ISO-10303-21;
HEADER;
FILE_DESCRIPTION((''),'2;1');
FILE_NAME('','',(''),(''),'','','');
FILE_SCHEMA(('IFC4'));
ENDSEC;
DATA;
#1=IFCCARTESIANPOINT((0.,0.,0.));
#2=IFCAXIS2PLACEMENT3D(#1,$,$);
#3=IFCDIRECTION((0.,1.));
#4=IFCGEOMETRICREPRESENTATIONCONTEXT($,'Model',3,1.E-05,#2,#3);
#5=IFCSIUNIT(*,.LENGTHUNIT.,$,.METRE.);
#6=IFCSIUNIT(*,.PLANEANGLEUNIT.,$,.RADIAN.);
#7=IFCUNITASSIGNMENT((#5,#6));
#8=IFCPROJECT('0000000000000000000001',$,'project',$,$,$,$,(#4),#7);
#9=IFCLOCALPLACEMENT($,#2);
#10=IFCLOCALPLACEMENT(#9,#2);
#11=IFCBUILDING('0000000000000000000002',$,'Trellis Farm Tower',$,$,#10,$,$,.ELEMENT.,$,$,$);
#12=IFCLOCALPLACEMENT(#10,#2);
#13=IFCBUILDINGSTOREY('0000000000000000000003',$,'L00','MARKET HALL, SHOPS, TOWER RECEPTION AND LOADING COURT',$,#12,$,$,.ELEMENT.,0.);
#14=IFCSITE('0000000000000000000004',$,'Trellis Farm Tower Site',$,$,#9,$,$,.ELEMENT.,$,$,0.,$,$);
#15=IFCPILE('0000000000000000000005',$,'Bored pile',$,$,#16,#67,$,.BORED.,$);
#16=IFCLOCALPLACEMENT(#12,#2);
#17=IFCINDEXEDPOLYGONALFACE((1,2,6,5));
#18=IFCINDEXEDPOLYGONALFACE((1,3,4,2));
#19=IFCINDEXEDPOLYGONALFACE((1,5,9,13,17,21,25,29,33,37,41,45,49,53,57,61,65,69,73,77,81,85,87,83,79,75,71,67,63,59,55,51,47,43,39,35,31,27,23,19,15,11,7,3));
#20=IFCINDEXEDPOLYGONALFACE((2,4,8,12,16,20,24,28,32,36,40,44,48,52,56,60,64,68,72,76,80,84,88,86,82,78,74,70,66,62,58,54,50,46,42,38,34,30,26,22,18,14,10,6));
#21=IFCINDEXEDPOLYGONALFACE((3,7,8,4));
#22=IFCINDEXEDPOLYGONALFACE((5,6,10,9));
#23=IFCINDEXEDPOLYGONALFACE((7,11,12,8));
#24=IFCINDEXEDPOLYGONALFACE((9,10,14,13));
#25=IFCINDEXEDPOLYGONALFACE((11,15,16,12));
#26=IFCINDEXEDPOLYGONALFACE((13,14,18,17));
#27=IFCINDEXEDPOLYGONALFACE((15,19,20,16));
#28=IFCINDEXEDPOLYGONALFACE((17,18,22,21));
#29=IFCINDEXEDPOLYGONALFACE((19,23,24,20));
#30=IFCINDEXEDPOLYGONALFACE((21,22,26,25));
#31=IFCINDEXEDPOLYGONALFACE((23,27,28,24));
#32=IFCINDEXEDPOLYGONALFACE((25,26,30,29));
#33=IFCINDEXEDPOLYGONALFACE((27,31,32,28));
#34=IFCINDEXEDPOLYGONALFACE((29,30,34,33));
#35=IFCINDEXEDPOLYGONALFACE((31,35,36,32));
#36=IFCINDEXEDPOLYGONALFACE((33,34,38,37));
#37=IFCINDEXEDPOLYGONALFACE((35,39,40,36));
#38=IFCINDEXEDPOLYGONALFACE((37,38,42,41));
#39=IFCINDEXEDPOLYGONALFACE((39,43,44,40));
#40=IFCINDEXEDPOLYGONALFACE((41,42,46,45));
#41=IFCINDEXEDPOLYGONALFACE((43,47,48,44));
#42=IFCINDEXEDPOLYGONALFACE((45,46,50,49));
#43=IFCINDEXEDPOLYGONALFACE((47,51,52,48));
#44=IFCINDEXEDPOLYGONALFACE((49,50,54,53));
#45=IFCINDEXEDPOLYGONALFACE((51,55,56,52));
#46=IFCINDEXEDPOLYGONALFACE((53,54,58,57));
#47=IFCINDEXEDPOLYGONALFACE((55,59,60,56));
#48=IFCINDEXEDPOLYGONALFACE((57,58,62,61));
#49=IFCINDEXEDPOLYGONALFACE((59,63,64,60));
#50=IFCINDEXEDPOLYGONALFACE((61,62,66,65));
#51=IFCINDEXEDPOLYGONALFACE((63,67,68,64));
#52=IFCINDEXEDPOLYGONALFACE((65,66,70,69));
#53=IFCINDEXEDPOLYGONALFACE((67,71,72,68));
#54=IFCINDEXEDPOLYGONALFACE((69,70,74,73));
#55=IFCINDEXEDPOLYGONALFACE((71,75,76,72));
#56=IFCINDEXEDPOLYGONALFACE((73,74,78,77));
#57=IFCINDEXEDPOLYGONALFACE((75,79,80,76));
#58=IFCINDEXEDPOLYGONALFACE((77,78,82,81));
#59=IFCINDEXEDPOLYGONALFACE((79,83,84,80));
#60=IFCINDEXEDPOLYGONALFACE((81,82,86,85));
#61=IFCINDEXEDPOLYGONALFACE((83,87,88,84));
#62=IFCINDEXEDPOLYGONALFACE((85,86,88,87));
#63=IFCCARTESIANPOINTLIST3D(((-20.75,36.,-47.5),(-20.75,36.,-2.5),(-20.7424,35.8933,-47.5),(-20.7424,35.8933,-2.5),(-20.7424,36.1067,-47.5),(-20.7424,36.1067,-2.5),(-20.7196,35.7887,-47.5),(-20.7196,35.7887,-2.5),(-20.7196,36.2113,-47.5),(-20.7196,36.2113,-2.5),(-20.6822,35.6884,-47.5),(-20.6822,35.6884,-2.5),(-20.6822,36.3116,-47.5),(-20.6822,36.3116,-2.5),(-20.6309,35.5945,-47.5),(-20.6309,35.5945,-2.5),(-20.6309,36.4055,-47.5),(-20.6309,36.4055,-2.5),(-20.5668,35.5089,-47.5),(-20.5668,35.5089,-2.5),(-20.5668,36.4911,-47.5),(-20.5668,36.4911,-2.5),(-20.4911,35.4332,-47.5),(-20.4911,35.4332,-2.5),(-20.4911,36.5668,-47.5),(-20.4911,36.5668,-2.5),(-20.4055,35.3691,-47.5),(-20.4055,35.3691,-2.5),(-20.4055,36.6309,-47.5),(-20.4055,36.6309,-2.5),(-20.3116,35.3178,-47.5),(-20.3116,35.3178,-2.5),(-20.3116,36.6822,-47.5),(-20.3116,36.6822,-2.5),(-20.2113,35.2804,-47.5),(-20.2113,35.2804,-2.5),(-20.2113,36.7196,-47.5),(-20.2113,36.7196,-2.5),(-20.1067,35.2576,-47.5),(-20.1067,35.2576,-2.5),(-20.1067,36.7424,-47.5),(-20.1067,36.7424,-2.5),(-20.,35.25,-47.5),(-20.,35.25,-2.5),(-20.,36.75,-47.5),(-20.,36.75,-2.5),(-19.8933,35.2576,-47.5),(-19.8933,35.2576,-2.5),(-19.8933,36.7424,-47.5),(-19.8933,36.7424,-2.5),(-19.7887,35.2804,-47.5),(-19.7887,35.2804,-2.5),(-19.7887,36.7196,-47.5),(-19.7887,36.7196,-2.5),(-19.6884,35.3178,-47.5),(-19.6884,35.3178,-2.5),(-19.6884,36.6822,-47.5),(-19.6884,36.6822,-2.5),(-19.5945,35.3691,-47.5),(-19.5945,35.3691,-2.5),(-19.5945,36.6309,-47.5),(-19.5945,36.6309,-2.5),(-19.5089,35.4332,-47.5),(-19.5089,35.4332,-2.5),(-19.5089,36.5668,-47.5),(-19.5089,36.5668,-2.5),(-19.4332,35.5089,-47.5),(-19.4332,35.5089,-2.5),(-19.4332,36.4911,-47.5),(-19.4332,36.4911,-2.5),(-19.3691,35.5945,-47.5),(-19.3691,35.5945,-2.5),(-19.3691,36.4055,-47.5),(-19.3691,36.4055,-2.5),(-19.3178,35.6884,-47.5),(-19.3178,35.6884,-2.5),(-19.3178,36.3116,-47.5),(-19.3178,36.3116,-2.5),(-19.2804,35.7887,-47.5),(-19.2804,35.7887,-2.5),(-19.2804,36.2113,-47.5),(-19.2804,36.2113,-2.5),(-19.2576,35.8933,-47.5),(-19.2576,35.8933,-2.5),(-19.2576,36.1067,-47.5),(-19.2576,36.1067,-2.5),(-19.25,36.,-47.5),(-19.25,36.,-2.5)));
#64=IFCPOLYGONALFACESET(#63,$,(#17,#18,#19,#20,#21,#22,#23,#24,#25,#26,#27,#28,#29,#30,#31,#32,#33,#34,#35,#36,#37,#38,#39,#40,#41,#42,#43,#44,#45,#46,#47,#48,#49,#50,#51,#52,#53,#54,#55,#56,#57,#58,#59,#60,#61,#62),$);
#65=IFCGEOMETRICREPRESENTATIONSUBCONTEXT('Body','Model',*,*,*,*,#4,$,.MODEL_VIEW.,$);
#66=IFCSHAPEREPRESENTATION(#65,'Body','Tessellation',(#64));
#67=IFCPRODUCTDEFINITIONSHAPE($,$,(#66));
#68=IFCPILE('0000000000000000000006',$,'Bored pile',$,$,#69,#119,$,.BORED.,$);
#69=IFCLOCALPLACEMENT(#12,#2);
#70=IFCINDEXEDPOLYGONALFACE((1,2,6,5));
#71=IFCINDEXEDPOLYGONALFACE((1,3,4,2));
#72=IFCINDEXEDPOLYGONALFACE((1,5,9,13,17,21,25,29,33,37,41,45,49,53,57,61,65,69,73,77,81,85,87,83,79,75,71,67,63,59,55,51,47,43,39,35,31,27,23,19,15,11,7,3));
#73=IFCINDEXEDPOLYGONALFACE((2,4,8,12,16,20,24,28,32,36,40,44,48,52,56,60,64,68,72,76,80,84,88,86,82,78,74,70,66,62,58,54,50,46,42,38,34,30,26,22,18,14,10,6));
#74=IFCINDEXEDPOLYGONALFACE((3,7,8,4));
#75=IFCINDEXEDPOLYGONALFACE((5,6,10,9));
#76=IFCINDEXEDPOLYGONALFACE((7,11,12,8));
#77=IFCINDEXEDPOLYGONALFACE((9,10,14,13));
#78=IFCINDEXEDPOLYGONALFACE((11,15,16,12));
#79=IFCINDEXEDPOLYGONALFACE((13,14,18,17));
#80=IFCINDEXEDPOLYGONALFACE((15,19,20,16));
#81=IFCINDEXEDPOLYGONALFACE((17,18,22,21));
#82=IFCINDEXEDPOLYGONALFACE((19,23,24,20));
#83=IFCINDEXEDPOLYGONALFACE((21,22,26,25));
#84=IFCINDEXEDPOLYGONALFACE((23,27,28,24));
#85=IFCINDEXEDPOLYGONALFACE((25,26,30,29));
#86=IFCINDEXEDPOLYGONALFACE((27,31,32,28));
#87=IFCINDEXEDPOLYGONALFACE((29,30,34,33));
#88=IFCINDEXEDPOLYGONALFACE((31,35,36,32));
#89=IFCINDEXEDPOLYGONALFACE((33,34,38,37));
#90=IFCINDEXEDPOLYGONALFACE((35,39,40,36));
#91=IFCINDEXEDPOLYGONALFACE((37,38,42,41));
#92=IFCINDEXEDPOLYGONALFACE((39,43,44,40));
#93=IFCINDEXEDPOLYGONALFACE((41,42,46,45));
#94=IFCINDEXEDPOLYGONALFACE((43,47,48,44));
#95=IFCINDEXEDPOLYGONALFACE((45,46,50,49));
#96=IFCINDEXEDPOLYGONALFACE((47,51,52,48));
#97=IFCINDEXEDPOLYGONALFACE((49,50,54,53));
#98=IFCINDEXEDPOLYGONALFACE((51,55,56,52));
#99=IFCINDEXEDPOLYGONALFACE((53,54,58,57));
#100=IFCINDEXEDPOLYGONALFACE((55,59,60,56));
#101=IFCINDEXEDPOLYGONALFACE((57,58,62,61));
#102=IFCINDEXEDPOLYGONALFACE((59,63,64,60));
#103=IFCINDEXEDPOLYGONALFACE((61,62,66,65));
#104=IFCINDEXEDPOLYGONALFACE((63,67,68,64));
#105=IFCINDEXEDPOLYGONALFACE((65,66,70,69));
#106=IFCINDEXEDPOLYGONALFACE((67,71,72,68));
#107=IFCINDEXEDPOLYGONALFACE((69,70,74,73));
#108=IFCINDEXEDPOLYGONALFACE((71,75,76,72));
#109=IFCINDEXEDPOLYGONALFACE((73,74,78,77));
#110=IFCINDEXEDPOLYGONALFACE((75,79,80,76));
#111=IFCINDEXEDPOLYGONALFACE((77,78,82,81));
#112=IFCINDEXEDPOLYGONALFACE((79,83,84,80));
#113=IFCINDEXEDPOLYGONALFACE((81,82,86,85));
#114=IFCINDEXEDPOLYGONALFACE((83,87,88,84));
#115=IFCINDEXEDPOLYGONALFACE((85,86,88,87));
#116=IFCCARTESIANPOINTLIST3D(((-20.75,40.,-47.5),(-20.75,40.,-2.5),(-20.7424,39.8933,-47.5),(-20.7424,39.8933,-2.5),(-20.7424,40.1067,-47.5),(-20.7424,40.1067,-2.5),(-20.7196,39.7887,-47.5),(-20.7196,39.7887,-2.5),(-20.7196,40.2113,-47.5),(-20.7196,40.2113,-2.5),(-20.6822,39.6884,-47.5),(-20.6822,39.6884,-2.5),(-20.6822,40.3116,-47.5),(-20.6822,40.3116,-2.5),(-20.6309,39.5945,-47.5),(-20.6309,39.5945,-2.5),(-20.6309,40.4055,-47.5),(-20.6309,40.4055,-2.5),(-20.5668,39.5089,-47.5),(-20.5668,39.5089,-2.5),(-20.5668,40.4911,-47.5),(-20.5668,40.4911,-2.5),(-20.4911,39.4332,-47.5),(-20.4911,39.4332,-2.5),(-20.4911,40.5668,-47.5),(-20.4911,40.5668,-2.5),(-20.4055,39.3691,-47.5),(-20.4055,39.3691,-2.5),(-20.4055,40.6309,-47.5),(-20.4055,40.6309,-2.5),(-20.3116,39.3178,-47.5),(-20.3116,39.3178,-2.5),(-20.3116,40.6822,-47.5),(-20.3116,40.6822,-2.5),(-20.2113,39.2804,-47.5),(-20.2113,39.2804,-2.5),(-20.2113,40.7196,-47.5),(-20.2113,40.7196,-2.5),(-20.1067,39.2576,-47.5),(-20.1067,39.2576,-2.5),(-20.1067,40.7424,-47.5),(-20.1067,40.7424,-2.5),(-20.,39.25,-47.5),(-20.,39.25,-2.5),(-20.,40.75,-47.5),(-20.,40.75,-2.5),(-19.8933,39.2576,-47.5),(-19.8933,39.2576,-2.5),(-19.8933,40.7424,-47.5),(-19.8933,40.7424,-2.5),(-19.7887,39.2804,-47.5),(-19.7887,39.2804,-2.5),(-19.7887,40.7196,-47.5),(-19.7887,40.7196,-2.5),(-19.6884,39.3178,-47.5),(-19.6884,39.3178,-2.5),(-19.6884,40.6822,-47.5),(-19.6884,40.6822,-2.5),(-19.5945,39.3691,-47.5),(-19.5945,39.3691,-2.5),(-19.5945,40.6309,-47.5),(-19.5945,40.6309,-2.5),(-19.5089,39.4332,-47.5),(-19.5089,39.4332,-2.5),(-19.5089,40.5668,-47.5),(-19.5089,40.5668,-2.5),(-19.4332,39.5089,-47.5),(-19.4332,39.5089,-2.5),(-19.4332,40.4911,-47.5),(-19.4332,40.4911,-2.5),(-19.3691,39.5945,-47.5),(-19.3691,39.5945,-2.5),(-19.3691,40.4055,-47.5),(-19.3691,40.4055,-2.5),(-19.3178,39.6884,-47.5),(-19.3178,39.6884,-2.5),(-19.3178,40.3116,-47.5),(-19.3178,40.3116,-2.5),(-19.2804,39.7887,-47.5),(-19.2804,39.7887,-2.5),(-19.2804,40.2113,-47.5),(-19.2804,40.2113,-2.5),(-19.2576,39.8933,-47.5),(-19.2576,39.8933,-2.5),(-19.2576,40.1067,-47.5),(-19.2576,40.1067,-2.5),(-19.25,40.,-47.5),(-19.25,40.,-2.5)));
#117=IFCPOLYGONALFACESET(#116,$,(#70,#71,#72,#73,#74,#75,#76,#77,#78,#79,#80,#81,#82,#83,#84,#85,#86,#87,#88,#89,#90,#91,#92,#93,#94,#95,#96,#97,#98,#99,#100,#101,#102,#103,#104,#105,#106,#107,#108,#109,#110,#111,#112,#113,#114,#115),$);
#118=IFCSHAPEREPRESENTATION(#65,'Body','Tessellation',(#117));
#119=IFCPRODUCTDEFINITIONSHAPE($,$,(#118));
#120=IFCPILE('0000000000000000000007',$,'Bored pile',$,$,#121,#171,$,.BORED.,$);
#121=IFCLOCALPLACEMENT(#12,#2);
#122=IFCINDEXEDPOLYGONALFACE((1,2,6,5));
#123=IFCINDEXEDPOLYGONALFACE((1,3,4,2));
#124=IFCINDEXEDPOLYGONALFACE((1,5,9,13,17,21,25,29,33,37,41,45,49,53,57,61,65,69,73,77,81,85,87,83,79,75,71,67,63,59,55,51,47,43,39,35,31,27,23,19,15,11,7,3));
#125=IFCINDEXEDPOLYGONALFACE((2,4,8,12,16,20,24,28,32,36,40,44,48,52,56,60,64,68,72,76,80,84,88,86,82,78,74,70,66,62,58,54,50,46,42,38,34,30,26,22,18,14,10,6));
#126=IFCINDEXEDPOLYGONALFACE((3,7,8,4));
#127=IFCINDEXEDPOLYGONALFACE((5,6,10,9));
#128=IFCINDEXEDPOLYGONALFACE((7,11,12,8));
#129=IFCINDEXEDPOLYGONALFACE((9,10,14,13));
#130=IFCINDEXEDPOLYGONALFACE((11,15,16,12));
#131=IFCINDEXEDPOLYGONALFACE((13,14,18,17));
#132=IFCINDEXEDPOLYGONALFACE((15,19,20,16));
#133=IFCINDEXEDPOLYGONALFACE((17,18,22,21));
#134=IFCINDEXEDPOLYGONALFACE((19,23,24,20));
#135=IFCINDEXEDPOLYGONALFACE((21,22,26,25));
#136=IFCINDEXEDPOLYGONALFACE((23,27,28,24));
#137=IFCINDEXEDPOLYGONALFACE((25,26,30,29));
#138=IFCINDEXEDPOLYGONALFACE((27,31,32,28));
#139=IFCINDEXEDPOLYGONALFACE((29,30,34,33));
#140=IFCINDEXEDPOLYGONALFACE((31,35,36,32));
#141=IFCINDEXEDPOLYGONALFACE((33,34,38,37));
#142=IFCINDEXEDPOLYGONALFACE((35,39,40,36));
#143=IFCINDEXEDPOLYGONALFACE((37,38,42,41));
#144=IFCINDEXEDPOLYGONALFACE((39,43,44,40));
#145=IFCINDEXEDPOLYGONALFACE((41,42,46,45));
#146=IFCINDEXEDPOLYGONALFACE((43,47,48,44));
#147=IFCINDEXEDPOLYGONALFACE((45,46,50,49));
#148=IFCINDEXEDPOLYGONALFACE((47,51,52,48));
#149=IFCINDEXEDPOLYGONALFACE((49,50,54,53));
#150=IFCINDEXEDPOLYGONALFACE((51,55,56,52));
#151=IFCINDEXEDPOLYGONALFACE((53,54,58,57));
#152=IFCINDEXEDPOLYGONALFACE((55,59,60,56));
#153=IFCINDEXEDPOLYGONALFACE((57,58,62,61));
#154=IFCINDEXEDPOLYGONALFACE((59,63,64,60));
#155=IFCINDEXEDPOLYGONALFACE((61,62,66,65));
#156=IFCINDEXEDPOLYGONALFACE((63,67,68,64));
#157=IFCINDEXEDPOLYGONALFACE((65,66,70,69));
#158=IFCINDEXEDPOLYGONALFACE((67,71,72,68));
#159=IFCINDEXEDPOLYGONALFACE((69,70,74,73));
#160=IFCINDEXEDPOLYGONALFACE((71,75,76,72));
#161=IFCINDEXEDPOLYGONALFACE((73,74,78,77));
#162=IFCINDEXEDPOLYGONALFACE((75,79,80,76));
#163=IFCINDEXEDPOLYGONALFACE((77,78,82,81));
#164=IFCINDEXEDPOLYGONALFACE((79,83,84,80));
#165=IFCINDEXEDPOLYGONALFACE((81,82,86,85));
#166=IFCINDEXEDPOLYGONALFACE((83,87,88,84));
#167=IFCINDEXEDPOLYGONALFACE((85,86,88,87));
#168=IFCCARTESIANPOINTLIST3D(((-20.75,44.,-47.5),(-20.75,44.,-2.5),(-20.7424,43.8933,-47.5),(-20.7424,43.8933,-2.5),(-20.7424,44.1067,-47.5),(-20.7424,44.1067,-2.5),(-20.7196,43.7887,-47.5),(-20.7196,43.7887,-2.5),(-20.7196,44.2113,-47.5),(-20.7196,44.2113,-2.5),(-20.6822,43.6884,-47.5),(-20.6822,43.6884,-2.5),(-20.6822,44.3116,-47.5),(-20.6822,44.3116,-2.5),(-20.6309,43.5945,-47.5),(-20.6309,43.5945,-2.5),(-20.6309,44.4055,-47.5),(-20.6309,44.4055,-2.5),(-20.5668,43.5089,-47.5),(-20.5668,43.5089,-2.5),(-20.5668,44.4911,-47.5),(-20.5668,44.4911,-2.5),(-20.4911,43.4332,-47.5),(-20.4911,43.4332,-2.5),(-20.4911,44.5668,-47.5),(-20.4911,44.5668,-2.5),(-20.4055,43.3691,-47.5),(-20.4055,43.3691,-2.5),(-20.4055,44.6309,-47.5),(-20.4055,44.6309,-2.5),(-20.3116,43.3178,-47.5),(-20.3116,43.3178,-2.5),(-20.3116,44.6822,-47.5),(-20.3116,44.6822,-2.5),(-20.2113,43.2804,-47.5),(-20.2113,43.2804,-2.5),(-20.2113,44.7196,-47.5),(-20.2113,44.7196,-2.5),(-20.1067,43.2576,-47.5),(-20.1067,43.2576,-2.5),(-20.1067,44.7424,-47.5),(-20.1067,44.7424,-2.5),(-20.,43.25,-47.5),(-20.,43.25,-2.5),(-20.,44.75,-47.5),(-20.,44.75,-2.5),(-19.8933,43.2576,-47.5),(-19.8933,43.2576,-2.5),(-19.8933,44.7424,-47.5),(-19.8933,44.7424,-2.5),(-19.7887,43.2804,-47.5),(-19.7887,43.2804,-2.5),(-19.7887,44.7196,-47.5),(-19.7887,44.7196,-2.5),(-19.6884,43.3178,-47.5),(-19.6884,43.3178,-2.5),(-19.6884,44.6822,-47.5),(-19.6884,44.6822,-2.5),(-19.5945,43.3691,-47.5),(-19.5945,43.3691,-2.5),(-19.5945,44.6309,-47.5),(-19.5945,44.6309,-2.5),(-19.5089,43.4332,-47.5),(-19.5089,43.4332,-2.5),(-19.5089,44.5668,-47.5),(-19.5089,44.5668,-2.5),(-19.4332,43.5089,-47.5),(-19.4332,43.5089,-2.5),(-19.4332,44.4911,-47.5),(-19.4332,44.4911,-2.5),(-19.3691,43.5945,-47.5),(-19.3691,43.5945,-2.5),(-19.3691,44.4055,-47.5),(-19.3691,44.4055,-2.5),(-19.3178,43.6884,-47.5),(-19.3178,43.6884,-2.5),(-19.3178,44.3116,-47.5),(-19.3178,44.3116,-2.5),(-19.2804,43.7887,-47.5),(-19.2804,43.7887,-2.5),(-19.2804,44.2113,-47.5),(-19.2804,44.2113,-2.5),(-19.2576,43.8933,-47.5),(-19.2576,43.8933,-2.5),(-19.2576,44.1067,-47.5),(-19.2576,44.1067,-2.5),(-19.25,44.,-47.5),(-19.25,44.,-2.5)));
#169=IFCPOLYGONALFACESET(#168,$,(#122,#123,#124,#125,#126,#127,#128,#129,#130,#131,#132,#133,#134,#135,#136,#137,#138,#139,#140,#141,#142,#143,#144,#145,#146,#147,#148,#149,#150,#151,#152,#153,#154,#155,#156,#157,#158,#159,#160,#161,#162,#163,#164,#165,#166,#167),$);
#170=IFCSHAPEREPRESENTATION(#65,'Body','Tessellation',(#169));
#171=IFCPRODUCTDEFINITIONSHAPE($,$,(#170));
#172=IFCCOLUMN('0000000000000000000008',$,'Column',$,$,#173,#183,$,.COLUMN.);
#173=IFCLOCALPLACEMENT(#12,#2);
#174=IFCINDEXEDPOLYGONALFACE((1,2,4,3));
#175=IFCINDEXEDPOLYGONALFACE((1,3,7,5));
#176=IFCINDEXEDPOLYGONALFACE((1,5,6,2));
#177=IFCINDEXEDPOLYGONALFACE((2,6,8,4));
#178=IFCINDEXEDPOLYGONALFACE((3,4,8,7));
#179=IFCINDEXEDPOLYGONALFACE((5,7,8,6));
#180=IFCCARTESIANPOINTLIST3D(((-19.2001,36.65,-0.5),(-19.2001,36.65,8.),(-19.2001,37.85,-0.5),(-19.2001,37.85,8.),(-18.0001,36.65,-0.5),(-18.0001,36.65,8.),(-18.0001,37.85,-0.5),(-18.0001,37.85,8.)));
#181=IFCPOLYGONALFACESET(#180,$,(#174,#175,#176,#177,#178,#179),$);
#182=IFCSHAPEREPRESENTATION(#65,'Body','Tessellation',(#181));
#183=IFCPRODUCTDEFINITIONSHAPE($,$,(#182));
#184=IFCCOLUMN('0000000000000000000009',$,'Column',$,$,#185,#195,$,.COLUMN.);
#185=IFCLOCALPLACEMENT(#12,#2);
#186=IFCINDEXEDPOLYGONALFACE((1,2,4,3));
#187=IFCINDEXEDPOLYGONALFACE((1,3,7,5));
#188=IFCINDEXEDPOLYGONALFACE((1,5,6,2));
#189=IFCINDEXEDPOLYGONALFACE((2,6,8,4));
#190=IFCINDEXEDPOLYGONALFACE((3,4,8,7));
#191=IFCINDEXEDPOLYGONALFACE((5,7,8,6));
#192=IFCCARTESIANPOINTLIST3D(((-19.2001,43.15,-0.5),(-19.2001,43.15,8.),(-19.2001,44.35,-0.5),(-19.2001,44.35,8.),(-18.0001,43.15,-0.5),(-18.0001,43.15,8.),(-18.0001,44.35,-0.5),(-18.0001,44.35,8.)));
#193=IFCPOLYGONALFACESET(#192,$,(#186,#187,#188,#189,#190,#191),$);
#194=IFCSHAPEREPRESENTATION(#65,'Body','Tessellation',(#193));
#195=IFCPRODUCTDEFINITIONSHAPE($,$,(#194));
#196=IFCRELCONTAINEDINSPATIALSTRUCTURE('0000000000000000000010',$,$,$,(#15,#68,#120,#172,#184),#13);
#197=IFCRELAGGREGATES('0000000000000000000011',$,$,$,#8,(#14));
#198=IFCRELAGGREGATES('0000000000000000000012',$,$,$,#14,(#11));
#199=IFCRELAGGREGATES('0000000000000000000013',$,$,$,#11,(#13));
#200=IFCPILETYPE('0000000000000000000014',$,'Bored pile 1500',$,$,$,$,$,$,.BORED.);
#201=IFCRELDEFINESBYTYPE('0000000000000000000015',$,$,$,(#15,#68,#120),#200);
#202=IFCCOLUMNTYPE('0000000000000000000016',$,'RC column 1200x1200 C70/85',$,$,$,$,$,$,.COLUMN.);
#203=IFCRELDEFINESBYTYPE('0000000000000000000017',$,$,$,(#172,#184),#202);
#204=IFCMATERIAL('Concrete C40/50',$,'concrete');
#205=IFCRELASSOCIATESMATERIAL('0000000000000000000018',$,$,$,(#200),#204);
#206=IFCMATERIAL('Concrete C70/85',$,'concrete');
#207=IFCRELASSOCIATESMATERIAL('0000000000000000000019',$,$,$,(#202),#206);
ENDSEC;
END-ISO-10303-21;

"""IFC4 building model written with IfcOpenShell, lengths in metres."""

from ifc_helpers import new_model, si_unit, direction, frame, origin, origin_2d, place, context, subcontext, project, spatial, rectangle, circle, extrude, source, transform, mapped, material, material_profile, profile_set, type_object, element, save


model = new_model("IFC4")

# Units and contexts
model_context = context("Model", 3, precision=1e-05, world=origin(), true_north=direction((0.0, 1.0)))
body_context = subcontext(model_context, "Body", "Model", "MODEL_VIEW")
ifc_project = project(units=[si_unit("LENGTHUNIT", "METRE"), si_unit("PLANEANGLEUNIT", "RADIAN")], contexts=[model_context])

# Site, building, storey
site_placement = place(None, origin())
site = spatial("IfcSite", under=ifc_project, at=site_placement, Name="Trellis Farm Tower Site", CompositionType="ELEMENT", RefElevation=0.0)
building_placement = place(site_placement, origin())
building = spatial("IfcBuilding", under=site, at=building_placement, Name="Trellis Farm Tower", CompositionType="ELEMENT")
storey_placement = place(building_placement, origin())
storey = spatial("IfcBuildingStorey", under=building, at=storey_placement, Name="L00", Description="MARKET HALL, SHOPS, TOWER RECEPTION AND LOADING COURT", CompositionType="ELEMENT", Elevation=0.0)

# Piles
ifc_material_1 = material(Name="Concrete C40/50", Category="concrete")
ifc_material_profile_1 = material_profile(ifc_material_1, circle(Radius=0.75, at=origin_2d()), Name="Bored pile 1500")
ifc_profile_set_1 = profile_set([ifc_material_profile_1], Name="Concrete C40/50")
pile_type = type_object("IfcPileType", Name="Bored pile 1500", PredefinedType="BORED", material=ifc_profile_set_1)
shared_shape_1 = source(origin(), body_context, "Body", "SweptSolid", [
    extrude(circle(Radius=0.75, at=origin_2d()), origin(), (0.0, 0.0, 1.0), 45.0),
])
for number, where, z_axis, x_axis, name in (
    (1, (-20.0, 36.0, -2.5), (0.0, 0.0, -1.0), (1.0, 0.0, 0.0), "Bored pile"),
    (2, (-20.0, 40.0, -2.5), (0.0, 0.0, -1.0), (1.0, 0.0, 0.0), "Bored pile"),
    (3, (-20.0, 44.0, -2.5), (0.0, 0.0, -1.0), (1.0, 0.0, 0.0), "Bored pile"),
):
    element("IfcPile", number, at=place(storey_placement, frame(where, z_axis=z_axis, x_axis=x_axis)), inside=storey, type_object=pile_type, Name=name, PredefinedType="BORED", context=body_context, shape_type="MappedRepresentation", body=[
        mapped(shared_shape_1, transform((0.0, 0.0, 0.0))),
    ])

# Columns
ifc_material_2 = material(Name="Concrete C70/85", Category="concrete")
ifc_material_profile_2 = material_profile(ifc_material_2, rectangle(XDim=1.2, YDim=1.2, at=origin_2d()), Name="RC column 1200x1200 C70/85")
ifc_profile_set_2 = profile_set([ifc_material_profile_2], Name="Concrete C70/85")
column_type = type_object("IfcColumnType", Name="RC column 1200x1200 C70/85", PredefinedType="COLUMN", material=ifc_profile_set_2)
shared_shape_2 = source(origin(), body_context, "Body", "SweptSolid", [
    extrude(rectangle(XDim=1.2, YDim=1.2, at=origin_2d()), origin(), (0.0, 0.0, 1.0), 8.5),
])
for number, where, z_axis, x_axis, name in (
    (4, (-18.6001, 37.25, -0.5), (0.0, 0.0, 1.0), (1.0, 0.0, 0.0), "Column"),
    (5, (-18.6001, 43.75, -0.5), (0.0, 0.0, 1.0), (1.0, 0.0, 0.0), "Column"),
):
    element("IfcColumn", number, at=place(storey_placement, frame(where, z_axis=z_axis, x_axis=x_axis)), inside=storey, type_object=column_type, Name=name, PredefinedType="COLUMN", context=body_context, shape_type="MappedRepresentation", body=[
        mapped(shared_shape_2, transform((0.0, 0.0, 0.0))),
    ])

save(model, "model.ifc")
